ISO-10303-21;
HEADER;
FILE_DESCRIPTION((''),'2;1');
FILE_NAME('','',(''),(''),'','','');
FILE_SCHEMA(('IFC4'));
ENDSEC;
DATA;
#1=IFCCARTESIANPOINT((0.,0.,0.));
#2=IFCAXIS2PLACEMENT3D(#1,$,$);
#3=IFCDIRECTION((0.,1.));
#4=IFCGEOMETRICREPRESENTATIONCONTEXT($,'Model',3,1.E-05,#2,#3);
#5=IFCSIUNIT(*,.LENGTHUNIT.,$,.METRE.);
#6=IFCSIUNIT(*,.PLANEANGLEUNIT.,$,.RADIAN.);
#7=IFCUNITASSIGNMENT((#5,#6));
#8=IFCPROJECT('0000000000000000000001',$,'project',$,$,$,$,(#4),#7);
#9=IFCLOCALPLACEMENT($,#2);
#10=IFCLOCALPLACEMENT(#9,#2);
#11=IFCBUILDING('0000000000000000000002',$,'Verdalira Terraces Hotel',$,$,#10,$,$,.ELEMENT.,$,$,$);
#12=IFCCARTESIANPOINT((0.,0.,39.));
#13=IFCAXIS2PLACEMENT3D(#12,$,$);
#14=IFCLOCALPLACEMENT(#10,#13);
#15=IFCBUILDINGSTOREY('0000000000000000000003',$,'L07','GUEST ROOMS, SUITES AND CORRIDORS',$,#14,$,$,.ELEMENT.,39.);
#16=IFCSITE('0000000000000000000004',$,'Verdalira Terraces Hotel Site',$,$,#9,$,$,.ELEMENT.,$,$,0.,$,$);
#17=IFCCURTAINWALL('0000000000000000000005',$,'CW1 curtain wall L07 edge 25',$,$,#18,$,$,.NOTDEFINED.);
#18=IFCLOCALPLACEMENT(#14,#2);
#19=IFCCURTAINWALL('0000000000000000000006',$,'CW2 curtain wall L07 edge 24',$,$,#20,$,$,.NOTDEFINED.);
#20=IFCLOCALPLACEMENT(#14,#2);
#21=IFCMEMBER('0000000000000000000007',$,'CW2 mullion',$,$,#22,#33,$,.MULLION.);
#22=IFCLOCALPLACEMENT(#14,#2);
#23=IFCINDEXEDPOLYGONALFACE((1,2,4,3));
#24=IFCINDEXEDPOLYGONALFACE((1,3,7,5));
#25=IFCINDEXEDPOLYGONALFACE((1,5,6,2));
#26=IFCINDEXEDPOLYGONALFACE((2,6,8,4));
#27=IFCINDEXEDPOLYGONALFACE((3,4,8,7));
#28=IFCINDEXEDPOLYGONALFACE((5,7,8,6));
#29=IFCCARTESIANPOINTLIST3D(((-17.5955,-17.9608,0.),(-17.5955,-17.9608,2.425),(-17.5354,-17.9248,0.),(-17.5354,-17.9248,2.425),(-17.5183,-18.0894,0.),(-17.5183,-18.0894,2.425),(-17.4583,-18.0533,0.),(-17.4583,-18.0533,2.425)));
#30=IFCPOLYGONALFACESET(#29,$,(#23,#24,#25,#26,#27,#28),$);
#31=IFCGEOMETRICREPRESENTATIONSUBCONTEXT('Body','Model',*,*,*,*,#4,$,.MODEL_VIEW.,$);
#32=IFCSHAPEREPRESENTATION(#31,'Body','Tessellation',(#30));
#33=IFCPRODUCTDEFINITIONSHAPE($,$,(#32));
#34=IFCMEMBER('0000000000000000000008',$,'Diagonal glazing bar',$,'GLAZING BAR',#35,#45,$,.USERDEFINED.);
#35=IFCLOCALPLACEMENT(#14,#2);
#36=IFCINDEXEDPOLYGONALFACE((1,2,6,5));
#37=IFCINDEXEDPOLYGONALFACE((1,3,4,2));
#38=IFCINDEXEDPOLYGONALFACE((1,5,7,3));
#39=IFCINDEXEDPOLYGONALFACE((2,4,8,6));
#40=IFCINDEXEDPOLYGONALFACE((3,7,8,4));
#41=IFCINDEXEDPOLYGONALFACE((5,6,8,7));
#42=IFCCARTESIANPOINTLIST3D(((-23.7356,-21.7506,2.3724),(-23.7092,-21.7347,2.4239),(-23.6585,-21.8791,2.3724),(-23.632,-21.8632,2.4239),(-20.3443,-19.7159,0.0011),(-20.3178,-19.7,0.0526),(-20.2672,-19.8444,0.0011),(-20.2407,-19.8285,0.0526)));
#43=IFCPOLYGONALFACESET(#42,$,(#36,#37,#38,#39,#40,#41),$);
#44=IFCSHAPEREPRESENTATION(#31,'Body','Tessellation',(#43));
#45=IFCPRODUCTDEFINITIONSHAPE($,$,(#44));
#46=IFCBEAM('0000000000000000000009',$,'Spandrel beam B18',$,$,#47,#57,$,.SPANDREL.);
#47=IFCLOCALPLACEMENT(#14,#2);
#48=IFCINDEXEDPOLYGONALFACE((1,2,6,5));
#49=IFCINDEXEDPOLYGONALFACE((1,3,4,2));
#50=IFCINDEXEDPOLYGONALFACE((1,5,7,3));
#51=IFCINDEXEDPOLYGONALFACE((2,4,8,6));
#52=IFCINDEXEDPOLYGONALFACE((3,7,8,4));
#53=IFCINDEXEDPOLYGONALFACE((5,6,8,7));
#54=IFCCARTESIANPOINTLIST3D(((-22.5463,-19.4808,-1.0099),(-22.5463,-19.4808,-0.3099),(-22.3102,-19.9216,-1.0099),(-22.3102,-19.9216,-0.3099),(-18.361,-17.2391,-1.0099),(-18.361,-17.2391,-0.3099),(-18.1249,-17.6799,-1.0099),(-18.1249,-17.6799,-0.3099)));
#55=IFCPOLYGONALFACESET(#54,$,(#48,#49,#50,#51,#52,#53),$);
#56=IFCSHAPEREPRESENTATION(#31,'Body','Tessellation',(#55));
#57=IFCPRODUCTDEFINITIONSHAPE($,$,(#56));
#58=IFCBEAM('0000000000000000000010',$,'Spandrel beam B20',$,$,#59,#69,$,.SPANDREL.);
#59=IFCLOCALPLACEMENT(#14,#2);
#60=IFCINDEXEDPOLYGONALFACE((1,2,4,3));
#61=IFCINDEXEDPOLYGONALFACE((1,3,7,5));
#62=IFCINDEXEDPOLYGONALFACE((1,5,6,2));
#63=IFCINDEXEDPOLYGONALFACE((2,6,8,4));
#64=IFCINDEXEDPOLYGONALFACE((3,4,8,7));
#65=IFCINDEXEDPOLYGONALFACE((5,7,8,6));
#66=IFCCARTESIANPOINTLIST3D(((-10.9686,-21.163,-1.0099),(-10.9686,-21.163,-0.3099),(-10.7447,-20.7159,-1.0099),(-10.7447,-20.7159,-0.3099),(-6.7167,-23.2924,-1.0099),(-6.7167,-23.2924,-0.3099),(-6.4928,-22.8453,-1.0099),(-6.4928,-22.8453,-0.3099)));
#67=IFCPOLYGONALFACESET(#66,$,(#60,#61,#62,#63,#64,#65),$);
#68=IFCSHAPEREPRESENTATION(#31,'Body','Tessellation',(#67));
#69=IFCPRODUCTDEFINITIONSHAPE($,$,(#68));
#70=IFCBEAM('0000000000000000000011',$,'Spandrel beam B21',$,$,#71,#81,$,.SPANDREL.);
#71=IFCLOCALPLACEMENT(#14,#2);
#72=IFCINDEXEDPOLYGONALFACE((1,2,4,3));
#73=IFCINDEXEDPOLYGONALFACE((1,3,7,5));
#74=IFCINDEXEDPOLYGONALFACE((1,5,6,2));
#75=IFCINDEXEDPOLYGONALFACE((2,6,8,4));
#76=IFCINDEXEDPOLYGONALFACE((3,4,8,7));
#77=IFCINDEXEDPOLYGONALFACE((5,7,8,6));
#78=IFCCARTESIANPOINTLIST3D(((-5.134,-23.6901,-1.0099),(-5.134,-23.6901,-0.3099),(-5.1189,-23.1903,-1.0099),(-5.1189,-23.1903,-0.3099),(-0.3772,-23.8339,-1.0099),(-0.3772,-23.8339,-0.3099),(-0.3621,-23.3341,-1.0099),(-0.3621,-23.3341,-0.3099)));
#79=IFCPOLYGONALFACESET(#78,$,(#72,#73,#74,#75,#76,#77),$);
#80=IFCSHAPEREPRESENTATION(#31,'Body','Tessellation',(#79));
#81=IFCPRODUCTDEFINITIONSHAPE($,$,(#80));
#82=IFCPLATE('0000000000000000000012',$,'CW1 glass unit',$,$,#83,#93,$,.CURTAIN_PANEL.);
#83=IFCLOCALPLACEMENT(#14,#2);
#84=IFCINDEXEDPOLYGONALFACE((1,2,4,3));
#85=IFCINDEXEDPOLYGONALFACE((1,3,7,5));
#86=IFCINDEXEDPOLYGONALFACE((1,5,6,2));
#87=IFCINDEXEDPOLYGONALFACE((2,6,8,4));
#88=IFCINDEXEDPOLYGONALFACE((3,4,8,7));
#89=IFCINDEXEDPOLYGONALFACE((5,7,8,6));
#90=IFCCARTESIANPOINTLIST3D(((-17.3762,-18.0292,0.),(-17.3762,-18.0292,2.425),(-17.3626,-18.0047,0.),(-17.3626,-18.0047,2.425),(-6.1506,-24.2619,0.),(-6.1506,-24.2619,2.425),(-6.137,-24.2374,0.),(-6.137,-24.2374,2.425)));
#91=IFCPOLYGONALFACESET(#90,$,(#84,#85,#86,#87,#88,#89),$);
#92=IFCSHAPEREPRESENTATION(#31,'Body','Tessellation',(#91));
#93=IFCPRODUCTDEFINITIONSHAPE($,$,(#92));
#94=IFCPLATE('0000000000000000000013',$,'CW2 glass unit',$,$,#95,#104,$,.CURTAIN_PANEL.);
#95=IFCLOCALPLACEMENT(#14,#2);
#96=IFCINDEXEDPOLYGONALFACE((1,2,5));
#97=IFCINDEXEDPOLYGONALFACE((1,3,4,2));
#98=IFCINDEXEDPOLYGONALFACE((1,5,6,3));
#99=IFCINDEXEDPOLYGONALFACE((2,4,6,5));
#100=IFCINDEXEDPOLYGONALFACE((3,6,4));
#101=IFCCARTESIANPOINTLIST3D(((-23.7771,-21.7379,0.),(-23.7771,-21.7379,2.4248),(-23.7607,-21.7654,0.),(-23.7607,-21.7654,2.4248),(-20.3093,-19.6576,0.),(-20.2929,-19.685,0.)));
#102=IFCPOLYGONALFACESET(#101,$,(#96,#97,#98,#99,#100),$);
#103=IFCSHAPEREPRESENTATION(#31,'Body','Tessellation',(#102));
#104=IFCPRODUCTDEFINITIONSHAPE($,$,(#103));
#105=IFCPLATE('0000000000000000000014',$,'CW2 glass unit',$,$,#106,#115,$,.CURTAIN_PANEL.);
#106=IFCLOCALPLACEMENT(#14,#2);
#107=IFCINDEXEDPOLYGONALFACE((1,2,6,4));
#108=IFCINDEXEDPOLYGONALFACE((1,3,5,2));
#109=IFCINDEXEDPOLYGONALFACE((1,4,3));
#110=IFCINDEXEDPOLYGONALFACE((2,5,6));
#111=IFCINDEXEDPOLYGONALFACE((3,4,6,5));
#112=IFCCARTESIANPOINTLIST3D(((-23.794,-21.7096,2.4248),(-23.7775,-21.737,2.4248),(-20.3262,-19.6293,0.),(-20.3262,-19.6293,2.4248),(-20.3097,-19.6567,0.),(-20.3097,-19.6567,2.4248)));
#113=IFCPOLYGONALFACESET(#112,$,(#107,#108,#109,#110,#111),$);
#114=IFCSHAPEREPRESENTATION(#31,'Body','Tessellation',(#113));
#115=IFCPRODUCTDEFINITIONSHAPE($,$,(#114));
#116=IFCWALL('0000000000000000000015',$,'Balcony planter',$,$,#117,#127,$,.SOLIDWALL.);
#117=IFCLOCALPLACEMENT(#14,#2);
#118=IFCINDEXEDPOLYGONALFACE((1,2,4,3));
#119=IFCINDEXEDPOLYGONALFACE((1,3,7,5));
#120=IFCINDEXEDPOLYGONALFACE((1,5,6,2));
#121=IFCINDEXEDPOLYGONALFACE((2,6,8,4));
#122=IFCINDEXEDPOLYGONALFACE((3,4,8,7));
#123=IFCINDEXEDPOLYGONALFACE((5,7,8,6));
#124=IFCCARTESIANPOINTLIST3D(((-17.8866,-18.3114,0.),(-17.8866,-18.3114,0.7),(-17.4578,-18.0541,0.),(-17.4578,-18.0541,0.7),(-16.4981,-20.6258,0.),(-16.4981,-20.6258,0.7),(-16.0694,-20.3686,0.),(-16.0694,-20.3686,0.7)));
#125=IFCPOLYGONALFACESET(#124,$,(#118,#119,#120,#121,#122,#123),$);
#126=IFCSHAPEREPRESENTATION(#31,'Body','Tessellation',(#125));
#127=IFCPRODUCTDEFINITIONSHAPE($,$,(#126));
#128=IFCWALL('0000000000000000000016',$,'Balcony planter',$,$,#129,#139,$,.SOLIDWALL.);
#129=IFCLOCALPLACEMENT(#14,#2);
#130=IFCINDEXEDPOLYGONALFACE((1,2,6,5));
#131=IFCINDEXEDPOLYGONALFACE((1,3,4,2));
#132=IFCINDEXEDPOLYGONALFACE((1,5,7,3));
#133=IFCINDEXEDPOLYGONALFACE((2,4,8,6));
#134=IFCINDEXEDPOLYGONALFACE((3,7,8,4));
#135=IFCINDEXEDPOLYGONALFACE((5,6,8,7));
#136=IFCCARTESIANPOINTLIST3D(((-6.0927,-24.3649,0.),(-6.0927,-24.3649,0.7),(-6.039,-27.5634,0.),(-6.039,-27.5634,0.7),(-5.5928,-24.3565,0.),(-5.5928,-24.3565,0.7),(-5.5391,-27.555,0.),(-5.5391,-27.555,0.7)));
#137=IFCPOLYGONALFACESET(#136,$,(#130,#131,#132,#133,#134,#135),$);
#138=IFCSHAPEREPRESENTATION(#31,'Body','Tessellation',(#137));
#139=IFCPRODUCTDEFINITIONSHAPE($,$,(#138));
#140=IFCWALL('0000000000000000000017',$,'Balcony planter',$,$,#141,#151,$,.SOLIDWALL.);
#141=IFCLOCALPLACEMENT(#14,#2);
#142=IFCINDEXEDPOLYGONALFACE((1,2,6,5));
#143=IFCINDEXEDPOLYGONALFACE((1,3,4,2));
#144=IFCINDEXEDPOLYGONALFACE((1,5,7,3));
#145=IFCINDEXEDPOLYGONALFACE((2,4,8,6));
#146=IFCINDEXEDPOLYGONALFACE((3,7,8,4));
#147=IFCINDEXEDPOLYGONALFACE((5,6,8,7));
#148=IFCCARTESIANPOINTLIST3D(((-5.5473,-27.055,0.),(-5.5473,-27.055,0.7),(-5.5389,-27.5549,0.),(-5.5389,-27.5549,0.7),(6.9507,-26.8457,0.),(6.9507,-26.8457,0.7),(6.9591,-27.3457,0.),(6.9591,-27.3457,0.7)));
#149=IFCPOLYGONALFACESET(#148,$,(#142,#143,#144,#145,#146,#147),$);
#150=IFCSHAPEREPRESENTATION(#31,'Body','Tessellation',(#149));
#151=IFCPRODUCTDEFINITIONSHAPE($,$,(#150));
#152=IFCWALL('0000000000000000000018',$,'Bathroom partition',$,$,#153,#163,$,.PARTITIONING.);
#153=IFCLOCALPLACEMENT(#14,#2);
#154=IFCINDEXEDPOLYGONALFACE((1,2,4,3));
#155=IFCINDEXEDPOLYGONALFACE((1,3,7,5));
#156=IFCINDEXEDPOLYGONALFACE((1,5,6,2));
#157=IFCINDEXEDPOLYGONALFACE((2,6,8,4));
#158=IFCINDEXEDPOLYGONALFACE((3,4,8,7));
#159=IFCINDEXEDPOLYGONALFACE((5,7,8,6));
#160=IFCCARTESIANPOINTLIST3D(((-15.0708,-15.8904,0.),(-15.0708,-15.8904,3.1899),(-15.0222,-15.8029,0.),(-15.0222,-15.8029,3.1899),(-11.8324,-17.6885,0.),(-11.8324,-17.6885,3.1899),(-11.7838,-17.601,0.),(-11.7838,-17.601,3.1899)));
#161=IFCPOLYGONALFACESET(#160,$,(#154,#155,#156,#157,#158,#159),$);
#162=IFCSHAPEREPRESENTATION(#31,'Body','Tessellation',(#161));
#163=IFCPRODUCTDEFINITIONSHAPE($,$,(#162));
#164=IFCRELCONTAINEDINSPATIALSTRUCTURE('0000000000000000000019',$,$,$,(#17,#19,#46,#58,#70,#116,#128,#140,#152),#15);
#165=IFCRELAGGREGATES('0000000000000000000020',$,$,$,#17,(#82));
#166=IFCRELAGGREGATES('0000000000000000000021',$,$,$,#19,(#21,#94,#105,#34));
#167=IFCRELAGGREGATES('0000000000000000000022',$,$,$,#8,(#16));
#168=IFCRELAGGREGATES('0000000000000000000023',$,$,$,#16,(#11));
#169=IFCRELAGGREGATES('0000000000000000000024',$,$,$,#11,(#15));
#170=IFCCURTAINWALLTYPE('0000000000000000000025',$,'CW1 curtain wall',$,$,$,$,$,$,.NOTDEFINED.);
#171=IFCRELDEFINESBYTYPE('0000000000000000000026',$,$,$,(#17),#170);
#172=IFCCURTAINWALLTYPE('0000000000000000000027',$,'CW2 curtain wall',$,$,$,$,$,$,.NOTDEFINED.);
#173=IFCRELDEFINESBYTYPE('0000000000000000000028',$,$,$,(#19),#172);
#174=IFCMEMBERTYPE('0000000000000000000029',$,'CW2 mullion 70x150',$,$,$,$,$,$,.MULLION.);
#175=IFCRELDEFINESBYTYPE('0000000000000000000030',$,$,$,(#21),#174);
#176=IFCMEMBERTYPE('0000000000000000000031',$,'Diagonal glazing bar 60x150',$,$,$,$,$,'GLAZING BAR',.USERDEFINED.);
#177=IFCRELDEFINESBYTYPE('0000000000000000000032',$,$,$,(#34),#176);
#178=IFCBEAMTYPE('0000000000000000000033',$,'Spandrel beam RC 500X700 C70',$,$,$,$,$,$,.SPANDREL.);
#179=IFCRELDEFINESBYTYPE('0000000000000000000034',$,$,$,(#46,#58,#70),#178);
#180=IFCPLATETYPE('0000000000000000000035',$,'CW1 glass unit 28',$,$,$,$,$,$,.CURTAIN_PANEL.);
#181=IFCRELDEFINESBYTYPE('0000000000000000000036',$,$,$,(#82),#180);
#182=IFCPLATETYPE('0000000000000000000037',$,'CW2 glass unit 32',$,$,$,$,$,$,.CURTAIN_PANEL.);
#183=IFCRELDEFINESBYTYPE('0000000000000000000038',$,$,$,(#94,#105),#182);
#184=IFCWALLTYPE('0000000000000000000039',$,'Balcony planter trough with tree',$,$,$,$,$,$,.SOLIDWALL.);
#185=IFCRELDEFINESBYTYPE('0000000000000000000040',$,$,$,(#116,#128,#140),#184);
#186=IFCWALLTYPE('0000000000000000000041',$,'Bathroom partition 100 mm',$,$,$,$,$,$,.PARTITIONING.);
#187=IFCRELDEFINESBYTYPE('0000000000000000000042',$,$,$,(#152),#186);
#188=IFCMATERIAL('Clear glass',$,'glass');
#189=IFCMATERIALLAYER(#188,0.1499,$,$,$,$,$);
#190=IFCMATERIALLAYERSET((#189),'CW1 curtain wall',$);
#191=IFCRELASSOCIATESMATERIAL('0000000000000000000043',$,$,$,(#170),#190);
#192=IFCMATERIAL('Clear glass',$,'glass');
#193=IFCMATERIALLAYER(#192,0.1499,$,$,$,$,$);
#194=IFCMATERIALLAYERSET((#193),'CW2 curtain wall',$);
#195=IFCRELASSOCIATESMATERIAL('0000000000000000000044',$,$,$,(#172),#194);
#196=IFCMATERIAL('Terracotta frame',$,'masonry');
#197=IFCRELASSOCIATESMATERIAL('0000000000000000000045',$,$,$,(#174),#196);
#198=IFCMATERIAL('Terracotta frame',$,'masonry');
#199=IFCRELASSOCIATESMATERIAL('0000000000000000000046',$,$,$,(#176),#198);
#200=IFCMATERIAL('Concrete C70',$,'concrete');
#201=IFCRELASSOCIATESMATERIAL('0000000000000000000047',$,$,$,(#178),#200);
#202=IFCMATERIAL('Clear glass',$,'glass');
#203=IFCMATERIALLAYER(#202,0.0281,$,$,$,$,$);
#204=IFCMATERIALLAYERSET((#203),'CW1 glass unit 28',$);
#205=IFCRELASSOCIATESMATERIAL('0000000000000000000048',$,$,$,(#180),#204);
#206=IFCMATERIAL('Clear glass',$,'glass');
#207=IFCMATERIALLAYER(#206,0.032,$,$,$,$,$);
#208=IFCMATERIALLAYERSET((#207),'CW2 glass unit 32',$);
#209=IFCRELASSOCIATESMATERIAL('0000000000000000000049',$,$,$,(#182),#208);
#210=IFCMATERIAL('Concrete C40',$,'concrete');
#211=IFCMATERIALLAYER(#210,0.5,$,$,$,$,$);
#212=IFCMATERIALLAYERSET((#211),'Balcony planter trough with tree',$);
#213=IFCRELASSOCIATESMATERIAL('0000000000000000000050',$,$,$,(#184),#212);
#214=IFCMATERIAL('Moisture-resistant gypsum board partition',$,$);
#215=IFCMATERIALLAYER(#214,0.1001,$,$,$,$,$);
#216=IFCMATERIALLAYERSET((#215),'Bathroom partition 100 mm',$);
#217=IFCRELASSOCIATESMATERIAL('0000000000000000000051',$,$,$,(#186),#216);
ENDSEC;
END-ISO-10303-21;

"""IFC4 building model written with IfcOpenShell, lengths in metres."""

from ifc_helpers import new_model, si_unit, direction, frame, frame_2d, origin, origin_2d, place, context, subcontext, project, spatial, polyline, rectangle, outline, extrude, material, layer, layer_set, material_profile, profile_set, type_object, element, aggregate, save


model = new_model("IFC4")

# Units and contexts
model_context = context("Model", 3, precision=1e-05, world=origin(), true_north=direction((0.0, 1.0)))
body_context = subcontext(model_context, "Body", "Model", "MODEL_VIEW")
ifc_project = project(units=[si_unit("LENGTHUNIT", "METRE"), si_unit("PLANEANGLEUNIT", "RADIAN")], contexts=[model_context])

# Site, building, storey
site_placement = place(None, origin())
site = spatial("IfcSite", under=ifc_project, at=site_placement, Name="Verdalira Terraces Hotel Site", CompositionType="ELEMENT", RefElevation=0.0)
building_placement = place(site_placement, origin())
building = spatial("IfcBuilding", under=site, at=building_placement, Name="Verdalira Terraces Hotel", CompositionType="ELEMENT")
storey_placement = place(building_placement, frame((0.0, 0.0, 39.0)))
storey = spatial("IfcBuildingStorey", under=building, at=storey_placement, Name="L07", Description="GUEST ROOMS, SUITES AND CORRIDORS", CompositionType="ELEMENT", Elevation=39.0)

# Curtain wall
ifc_material_1 = material(Name="Clear glass", Category="glass")
ifc_layer_1 = layer(ifc_material_1, 0.1499)
ifc_layer_set_1 = layer_set([ifc_layer_1], Name="CW1 curtain wall")
curtain_wall_type_1 = type_object("IfcCurtainWallType", Name="CW1 curtain wall", PredefinedType="NOTDEFINED", material=ifc_layer_set_1)
curtain_wall_1_placement = place(storey_placement, origin())
curtain_wall_1 = element("IfcCurtainWall", 1, at=curtain_wall_1_placement, inside=storey, type_object=curtain_wall_type_1, Name="CW1 curtain wall L07 edge 25", PredefinedType="NOTDEFINED")

# Curtain wall, members
ifc_material_2 = material(Name="Clear glass", Category="glass")
ifc_layer_2 = layer(ifc_material_2, 0.1499)
ifc_layer_set_2 = layer_set([ifc_layer_2], Name="CW2 curtain wall")
curtain_wall_type_2 = type_object("IfcCurtainWallType", Name="CW2 curtain wall", PredefinedType="NOTDEFINED", material=ifc_layer_set_2)
curtain_wall_2_placement = place(storey_placement, origin())
curtain_wall_2 = element("IfcCurtainWall", 2, at=curtain_wall_2_placement, inside=storey, type_object=curtain_wall_type_2, Name="CW2 curtain wall L07 edge 24", PredefinedType="NOTDEFINED")
ifc_material_3 = material(Name="Terracotta frame", Category="masonry")
ifc_material_profile_1 = material_profile(ifc_material_3, rectangle(XDim=0.0701, YDim=0.1499, at=origin_2d()), Name="MU 70x150")
ifc_profile_set_1 = profile_set([ifc_material_profile_1], Name="Terracotta frame")
member_type_1 = type_object("IfcMemberType", Name="CW2 mullion 70x150", PredefinedType="MULLION", material=ifc_profile_set_1)
member_1_placement = place(storey_placement, frame((-17.5269, -18.0071, 0.0), z_axis=(0.0, 0.0, 1.0), x_axis=(0.857527, 0.51444, 0.0)))
member_1 = element("IfcMember", 3, at=member_1_placement, type_object=member_type_1, Name="CW2 mullion", PredefinedType="MULLION", context=body_context, shape_type="SweptSolid", body=[
    extrude(rectangle(XDim=0.0701, YDim=0.1499, at=origin_2d()), origin(), (0.0, 0.0, 1.0), 2.425),
])
ifc_material_4 = material(Name="Terracotta frame", Category="masonry")
ifc_material_profile_2 = material_profile(ifc_material_4, rectangle(XDim=0.1499, YDim=0.0601, at=origin_2d()), Name="GB 60x150")
ifc_profile_set_2 = profile_set([ifc_material_profile_2], Name="Terracotta frame")
member_type_2 = type_object("IfcMemberType", Name="Diagonal glazing bar 60x150", ElementType="GLAZING BAR", PredefinedType="USERDEFINED", material=ifc_profile_set_2)
member_2_placement = place(storey_placement, frame((-23.6838, -21.8069, 2.3982), z_axis=(0.735439, 0.441232, -0.514241), x_axis=(-0.514469, 0.857509, 0.0)))
member_2 = element("IfcMember", 4, at=member_2_placement, type_object=member_type_2, Name="Diagonal glazing bar", ObjectType="GLAZING BAR", PredefinedType="USERDEFINED", context=body_context, shape_type="SweptSolid", body=[
    extrude(rectangle(XDim=0.1499, YDim=0.0601, at=origin_2d()), origin(), (0.0, 0.0, 1.0), 4.6113),
])

# Beams
ifc_material_5 = material(Name="Concrete C70", Category="concrete")
ifc_material_profile_3 = material_profile(ifc_material_5, rectangle(XDim=0.5, YDim=0.7, at=origin_2d()), Name="RC 500X700")
ifc_profile_set_3 = profile_set([ifc_material_profile_3], Name="Concrete C70")
beam_type_1 = type_object("IfcBeamType", Name="Spandrel beam RC 500X700 C70", PredefinedType="SPANDREL", material=ifc_profile_set_3)
beam_1_placement = place(storey_placement, frame((-22.4282, -19.7012, -0.6599), z_axis=(0.881517, 0.472151, 0.0), x_axis=(-0.472151, 0.881517, 0.0)))
element("IfcBeam", 5, at=beam_1_placement, inside=storey, type_object=beam_type_1, Name="Spandrel beam B18", PredefinedType="SPANDREL", context=body_context, shape_type="SweptSolid", body=[
    extrude(rectangle(XDim=0.5, YDim=0.7, at=origin_2d()), origin(), (0.0, 0.0, 1.0), 4.7478),
])
beam_2_placement = place(storey_placement, frame((-10.8567, -20.9395, -0.6599), z_axis=(0.89414, -0.447789, 0.0), x_axis=(0.447789, 0.89414, 0.0)))
element("IfcBeam", 6, at=beam_2_placement, inside=storey, type_object=beam_type_1, Name="Spandrel beam B20", PredefinedType="SPANDREL", context=body_context, shape_type="SweptSolid", body=[
    extrude(rectangle(XDim=0.5, YDim=0.7, at=origin_2d()), origin(), (0.0, 0.0, 1.0), 4.7554),
])
beam_3_placement = place(storey_placement, frame((-5.1265, -23.4402, -0.6599), z_axis=(0.999543, -0.030216, 0.0), x_axis=(0.030216, 0.999543, 0.0)))
element("IfcBeam", 7, at=beam_3_placement, inside=storey, type_object=beam_type_1, Name="Spandrel beam B21", PredefinedType="SPANDREL", context=body_context, shape_type="SweptSolid", body=[
    extrude(rectangle(XDim=0.5, YDim=0.7, at=origin_2d()), origin(), (0.0, 0.0, 1.0), 4.759),
])

# Plates
ifc_material_6 = material(Name="Clear glass", Category="glass")
ifc_layer_3 = layer(ifc_material_6, 0.0281)
ifc_layer_set_3 = layer_set([ifc_layer_3], Name="CW1 glass unit 28")
plate_type_1 = type_object("IfcPlateType", Name="CW1 glass unit 28", PredefinedType="CURTAIN_PANEL", material=ifc_layer_set_3)
plate_1_placement = place(storey_placement, frame((-11.7566, -21.1333, 0.0), z_axis=(0.0, 0.0, 1.0), x_axis=(0.874281, -0.48542, 0.0)))
plate_1 = element("IfcPlate", 8, at=plate_1_placement, type_object=plate_type_1, Name="CW1 glass unit", PredefinedType="CURTAIN_PANEL", context=body_context, shape_type="SweptSolid", body=[
    extrude(rectangle(XDim=12.8398, YDim=0.0281, at=origin_2d()), origin(), (0.0, 0.0, 1.0), 2.425),
])
aggregate(curtain_wall_1, [plate_1])
ifc_material_7 = material(Name="Clear glass", Category="glass")
ifc_layer_4 = layer(ifc_material_7, 0.032)
ifc_layer_set_4 = layer_set([ifc_layer_4], Name="CW2 glass unit 32")
plate_type_2 = type_object("IfcPlateType", Name="CW2 glass unit 32", PredefinedType="CURTAIN_PANEL", material=ifc_layer_set_4)
plate_2_placement = place(storey_placement, frame((-22.0432, -20.6978, 1.2124), z_axis=(0.51444, -0.857527, 0.0), x_axis=(0.857527, 0.51444, 0.0)))
plate_2 = element("IfcPlate", 9, at=plate_2_placement, type_object=plate_type_2, Name="CW2 glass unit", PredefinedType="CURTAIN_PANEL", context=body_context, shape_type="SweptSolid", body=[
    extrude(outline(polyline([(-2.022, -1.2124), (2.022, -1.2124), (-2.022, 1.2124), (-2.022, -1.2124)])), origin(), (0.0, 0.0, 1.0), 0.032),
])
plate_3_placement = place(storey_placement, frame((-22.0601, -20.6694, 1.2124), z_axis=(0.51444, -0.857527, 0.0), x_axis=(0.857527, 0.51444, 0.0)))
plate_3 = element("IfcPlate", 10, at=plate_3_placement, type_object=plate_type_2, Name="CW2 glass unit", PredefinedType="CURTAIN_PANEL", context=body_context, shape_type="SweptSolid", body=[
    extrude(outline(polyline([(2.022, -1.2124), (2.022, 1.2124), (-2.022, 1.2124), (2.022, -1.2124)])), origin(), (0.0, 0.0, 1.0), 0.032),
])
aggregate(curtain_wall_2, [member_1, plate_2, plate_3, member_2])

# Walls
ifc_material_8 = material(Name="Concrete C40", Category="concrete")
ifc_layer_5 = layer(ifc_material_8, 0.5)
ifc_layer_set_5 = layer_set([ifc_layer_5], Name="Balcony planter trough with tree")
wall_type_1 = type_object("IfcWallType", Name="Balcony planter trough with tree", PredefinedType="SOLIDWALL", material=ifc_layer_set_5)
wall_1_placement = place(storey_placement, frame((-16.2837, -20.4973, 0.0), z_axis=(0.0, 0.0, 1.0), x_axis=(-0.514429, 0.857533, 0.0)))
element("IfcWall", 11, at=wall_1_placement, inside=storey, type_object=wall_type_1, Name="Balcony planter", PredefinedType="SOLIDWALL", context=body_context, shape_type="SweptSolid", body=[
    extrude(rectangle(XDim=2.699, YDim=0.5, at=frame_2d((1.3496, 0.0))), origin(), (0.0, 0.0, 1.0), 0.7),
])
wall_2_placement = place(storey_placement, frame((-5.8428, -24.3606, 0.0), z_axis=(0.0, 0.0, 1.0), x_axis=(0.01679, -0.999859, 0.0)))
element("IfcWall", 12, at=wall_2_placement, inside=storey, type_object=wall_type_1, Name="Balcony planter", PredefinedType="SOLIDWALL", context=body_context, shape_type="SweptSolid", body=[
    extrude(rectangle(XDim=3.199, YDim=0.5, at=frame_2d((1.5996, 0.0))), origin(), (0.0, 0.0, 1.0), 0.7),
])
wall_3_placement = place(storey_placement, frame((-5.5432, -27.3049, 0.0), z_axis=(0.0, 0.0, 1.0), x_axis=(0.99986, 0.016739, 0.0)))
element("IfcWall", 13, at=wall_3_placement, inside=storey, type_object=wall_type_1, Name="Balcony planter", PredefinedType="SOLIDWALL", context=body_context, shape_type="SweptSolid", body=[
    extrude(rectangle(XDim=12.4998, YDim=0.5, at=frame_2d((6.25, 0.0))), origin(), (0.0, 0.0, 1.0), 0.7),
])
ifc_material_9 = material(Name="Moisture-resistant gypsum board partition")
ifc_layer_6 = layer(ifc_material_9, 0.1001)
ifc_layer_set_6 = layer_set([ifc_layer_6], Name="Bathroom partition 100 mm")
wall_type_2 = type_object("IfcWallType", Name="Bathroom partition 100 mm", PredefinedType="PARTITIONING", material=ifc_layer_set_6)
wall_4_placement = place(storey_placement, frame((-11.8081, -17.6448, 0.0), z_axis=(0.0, 0.0, 1.0), x_axis=(-0.874266, 0.485447, 0.0)))
element("IfcWall", 14, at=wall_4_placement, inside=storey, type_object=wall_type_2, Name="Bathroom partition", PredefinedType="PARTITIONING", context=body_context, shape_type="SweptSolid", body=[
    extrude(rectangle(XDim=3.7041, YDim=0.1001, at=frame_2d((1.8521, 0.0))), origin(), (0.0, 0.0, 1.0), 3.1899),
])

save(model, "model.ifc")
